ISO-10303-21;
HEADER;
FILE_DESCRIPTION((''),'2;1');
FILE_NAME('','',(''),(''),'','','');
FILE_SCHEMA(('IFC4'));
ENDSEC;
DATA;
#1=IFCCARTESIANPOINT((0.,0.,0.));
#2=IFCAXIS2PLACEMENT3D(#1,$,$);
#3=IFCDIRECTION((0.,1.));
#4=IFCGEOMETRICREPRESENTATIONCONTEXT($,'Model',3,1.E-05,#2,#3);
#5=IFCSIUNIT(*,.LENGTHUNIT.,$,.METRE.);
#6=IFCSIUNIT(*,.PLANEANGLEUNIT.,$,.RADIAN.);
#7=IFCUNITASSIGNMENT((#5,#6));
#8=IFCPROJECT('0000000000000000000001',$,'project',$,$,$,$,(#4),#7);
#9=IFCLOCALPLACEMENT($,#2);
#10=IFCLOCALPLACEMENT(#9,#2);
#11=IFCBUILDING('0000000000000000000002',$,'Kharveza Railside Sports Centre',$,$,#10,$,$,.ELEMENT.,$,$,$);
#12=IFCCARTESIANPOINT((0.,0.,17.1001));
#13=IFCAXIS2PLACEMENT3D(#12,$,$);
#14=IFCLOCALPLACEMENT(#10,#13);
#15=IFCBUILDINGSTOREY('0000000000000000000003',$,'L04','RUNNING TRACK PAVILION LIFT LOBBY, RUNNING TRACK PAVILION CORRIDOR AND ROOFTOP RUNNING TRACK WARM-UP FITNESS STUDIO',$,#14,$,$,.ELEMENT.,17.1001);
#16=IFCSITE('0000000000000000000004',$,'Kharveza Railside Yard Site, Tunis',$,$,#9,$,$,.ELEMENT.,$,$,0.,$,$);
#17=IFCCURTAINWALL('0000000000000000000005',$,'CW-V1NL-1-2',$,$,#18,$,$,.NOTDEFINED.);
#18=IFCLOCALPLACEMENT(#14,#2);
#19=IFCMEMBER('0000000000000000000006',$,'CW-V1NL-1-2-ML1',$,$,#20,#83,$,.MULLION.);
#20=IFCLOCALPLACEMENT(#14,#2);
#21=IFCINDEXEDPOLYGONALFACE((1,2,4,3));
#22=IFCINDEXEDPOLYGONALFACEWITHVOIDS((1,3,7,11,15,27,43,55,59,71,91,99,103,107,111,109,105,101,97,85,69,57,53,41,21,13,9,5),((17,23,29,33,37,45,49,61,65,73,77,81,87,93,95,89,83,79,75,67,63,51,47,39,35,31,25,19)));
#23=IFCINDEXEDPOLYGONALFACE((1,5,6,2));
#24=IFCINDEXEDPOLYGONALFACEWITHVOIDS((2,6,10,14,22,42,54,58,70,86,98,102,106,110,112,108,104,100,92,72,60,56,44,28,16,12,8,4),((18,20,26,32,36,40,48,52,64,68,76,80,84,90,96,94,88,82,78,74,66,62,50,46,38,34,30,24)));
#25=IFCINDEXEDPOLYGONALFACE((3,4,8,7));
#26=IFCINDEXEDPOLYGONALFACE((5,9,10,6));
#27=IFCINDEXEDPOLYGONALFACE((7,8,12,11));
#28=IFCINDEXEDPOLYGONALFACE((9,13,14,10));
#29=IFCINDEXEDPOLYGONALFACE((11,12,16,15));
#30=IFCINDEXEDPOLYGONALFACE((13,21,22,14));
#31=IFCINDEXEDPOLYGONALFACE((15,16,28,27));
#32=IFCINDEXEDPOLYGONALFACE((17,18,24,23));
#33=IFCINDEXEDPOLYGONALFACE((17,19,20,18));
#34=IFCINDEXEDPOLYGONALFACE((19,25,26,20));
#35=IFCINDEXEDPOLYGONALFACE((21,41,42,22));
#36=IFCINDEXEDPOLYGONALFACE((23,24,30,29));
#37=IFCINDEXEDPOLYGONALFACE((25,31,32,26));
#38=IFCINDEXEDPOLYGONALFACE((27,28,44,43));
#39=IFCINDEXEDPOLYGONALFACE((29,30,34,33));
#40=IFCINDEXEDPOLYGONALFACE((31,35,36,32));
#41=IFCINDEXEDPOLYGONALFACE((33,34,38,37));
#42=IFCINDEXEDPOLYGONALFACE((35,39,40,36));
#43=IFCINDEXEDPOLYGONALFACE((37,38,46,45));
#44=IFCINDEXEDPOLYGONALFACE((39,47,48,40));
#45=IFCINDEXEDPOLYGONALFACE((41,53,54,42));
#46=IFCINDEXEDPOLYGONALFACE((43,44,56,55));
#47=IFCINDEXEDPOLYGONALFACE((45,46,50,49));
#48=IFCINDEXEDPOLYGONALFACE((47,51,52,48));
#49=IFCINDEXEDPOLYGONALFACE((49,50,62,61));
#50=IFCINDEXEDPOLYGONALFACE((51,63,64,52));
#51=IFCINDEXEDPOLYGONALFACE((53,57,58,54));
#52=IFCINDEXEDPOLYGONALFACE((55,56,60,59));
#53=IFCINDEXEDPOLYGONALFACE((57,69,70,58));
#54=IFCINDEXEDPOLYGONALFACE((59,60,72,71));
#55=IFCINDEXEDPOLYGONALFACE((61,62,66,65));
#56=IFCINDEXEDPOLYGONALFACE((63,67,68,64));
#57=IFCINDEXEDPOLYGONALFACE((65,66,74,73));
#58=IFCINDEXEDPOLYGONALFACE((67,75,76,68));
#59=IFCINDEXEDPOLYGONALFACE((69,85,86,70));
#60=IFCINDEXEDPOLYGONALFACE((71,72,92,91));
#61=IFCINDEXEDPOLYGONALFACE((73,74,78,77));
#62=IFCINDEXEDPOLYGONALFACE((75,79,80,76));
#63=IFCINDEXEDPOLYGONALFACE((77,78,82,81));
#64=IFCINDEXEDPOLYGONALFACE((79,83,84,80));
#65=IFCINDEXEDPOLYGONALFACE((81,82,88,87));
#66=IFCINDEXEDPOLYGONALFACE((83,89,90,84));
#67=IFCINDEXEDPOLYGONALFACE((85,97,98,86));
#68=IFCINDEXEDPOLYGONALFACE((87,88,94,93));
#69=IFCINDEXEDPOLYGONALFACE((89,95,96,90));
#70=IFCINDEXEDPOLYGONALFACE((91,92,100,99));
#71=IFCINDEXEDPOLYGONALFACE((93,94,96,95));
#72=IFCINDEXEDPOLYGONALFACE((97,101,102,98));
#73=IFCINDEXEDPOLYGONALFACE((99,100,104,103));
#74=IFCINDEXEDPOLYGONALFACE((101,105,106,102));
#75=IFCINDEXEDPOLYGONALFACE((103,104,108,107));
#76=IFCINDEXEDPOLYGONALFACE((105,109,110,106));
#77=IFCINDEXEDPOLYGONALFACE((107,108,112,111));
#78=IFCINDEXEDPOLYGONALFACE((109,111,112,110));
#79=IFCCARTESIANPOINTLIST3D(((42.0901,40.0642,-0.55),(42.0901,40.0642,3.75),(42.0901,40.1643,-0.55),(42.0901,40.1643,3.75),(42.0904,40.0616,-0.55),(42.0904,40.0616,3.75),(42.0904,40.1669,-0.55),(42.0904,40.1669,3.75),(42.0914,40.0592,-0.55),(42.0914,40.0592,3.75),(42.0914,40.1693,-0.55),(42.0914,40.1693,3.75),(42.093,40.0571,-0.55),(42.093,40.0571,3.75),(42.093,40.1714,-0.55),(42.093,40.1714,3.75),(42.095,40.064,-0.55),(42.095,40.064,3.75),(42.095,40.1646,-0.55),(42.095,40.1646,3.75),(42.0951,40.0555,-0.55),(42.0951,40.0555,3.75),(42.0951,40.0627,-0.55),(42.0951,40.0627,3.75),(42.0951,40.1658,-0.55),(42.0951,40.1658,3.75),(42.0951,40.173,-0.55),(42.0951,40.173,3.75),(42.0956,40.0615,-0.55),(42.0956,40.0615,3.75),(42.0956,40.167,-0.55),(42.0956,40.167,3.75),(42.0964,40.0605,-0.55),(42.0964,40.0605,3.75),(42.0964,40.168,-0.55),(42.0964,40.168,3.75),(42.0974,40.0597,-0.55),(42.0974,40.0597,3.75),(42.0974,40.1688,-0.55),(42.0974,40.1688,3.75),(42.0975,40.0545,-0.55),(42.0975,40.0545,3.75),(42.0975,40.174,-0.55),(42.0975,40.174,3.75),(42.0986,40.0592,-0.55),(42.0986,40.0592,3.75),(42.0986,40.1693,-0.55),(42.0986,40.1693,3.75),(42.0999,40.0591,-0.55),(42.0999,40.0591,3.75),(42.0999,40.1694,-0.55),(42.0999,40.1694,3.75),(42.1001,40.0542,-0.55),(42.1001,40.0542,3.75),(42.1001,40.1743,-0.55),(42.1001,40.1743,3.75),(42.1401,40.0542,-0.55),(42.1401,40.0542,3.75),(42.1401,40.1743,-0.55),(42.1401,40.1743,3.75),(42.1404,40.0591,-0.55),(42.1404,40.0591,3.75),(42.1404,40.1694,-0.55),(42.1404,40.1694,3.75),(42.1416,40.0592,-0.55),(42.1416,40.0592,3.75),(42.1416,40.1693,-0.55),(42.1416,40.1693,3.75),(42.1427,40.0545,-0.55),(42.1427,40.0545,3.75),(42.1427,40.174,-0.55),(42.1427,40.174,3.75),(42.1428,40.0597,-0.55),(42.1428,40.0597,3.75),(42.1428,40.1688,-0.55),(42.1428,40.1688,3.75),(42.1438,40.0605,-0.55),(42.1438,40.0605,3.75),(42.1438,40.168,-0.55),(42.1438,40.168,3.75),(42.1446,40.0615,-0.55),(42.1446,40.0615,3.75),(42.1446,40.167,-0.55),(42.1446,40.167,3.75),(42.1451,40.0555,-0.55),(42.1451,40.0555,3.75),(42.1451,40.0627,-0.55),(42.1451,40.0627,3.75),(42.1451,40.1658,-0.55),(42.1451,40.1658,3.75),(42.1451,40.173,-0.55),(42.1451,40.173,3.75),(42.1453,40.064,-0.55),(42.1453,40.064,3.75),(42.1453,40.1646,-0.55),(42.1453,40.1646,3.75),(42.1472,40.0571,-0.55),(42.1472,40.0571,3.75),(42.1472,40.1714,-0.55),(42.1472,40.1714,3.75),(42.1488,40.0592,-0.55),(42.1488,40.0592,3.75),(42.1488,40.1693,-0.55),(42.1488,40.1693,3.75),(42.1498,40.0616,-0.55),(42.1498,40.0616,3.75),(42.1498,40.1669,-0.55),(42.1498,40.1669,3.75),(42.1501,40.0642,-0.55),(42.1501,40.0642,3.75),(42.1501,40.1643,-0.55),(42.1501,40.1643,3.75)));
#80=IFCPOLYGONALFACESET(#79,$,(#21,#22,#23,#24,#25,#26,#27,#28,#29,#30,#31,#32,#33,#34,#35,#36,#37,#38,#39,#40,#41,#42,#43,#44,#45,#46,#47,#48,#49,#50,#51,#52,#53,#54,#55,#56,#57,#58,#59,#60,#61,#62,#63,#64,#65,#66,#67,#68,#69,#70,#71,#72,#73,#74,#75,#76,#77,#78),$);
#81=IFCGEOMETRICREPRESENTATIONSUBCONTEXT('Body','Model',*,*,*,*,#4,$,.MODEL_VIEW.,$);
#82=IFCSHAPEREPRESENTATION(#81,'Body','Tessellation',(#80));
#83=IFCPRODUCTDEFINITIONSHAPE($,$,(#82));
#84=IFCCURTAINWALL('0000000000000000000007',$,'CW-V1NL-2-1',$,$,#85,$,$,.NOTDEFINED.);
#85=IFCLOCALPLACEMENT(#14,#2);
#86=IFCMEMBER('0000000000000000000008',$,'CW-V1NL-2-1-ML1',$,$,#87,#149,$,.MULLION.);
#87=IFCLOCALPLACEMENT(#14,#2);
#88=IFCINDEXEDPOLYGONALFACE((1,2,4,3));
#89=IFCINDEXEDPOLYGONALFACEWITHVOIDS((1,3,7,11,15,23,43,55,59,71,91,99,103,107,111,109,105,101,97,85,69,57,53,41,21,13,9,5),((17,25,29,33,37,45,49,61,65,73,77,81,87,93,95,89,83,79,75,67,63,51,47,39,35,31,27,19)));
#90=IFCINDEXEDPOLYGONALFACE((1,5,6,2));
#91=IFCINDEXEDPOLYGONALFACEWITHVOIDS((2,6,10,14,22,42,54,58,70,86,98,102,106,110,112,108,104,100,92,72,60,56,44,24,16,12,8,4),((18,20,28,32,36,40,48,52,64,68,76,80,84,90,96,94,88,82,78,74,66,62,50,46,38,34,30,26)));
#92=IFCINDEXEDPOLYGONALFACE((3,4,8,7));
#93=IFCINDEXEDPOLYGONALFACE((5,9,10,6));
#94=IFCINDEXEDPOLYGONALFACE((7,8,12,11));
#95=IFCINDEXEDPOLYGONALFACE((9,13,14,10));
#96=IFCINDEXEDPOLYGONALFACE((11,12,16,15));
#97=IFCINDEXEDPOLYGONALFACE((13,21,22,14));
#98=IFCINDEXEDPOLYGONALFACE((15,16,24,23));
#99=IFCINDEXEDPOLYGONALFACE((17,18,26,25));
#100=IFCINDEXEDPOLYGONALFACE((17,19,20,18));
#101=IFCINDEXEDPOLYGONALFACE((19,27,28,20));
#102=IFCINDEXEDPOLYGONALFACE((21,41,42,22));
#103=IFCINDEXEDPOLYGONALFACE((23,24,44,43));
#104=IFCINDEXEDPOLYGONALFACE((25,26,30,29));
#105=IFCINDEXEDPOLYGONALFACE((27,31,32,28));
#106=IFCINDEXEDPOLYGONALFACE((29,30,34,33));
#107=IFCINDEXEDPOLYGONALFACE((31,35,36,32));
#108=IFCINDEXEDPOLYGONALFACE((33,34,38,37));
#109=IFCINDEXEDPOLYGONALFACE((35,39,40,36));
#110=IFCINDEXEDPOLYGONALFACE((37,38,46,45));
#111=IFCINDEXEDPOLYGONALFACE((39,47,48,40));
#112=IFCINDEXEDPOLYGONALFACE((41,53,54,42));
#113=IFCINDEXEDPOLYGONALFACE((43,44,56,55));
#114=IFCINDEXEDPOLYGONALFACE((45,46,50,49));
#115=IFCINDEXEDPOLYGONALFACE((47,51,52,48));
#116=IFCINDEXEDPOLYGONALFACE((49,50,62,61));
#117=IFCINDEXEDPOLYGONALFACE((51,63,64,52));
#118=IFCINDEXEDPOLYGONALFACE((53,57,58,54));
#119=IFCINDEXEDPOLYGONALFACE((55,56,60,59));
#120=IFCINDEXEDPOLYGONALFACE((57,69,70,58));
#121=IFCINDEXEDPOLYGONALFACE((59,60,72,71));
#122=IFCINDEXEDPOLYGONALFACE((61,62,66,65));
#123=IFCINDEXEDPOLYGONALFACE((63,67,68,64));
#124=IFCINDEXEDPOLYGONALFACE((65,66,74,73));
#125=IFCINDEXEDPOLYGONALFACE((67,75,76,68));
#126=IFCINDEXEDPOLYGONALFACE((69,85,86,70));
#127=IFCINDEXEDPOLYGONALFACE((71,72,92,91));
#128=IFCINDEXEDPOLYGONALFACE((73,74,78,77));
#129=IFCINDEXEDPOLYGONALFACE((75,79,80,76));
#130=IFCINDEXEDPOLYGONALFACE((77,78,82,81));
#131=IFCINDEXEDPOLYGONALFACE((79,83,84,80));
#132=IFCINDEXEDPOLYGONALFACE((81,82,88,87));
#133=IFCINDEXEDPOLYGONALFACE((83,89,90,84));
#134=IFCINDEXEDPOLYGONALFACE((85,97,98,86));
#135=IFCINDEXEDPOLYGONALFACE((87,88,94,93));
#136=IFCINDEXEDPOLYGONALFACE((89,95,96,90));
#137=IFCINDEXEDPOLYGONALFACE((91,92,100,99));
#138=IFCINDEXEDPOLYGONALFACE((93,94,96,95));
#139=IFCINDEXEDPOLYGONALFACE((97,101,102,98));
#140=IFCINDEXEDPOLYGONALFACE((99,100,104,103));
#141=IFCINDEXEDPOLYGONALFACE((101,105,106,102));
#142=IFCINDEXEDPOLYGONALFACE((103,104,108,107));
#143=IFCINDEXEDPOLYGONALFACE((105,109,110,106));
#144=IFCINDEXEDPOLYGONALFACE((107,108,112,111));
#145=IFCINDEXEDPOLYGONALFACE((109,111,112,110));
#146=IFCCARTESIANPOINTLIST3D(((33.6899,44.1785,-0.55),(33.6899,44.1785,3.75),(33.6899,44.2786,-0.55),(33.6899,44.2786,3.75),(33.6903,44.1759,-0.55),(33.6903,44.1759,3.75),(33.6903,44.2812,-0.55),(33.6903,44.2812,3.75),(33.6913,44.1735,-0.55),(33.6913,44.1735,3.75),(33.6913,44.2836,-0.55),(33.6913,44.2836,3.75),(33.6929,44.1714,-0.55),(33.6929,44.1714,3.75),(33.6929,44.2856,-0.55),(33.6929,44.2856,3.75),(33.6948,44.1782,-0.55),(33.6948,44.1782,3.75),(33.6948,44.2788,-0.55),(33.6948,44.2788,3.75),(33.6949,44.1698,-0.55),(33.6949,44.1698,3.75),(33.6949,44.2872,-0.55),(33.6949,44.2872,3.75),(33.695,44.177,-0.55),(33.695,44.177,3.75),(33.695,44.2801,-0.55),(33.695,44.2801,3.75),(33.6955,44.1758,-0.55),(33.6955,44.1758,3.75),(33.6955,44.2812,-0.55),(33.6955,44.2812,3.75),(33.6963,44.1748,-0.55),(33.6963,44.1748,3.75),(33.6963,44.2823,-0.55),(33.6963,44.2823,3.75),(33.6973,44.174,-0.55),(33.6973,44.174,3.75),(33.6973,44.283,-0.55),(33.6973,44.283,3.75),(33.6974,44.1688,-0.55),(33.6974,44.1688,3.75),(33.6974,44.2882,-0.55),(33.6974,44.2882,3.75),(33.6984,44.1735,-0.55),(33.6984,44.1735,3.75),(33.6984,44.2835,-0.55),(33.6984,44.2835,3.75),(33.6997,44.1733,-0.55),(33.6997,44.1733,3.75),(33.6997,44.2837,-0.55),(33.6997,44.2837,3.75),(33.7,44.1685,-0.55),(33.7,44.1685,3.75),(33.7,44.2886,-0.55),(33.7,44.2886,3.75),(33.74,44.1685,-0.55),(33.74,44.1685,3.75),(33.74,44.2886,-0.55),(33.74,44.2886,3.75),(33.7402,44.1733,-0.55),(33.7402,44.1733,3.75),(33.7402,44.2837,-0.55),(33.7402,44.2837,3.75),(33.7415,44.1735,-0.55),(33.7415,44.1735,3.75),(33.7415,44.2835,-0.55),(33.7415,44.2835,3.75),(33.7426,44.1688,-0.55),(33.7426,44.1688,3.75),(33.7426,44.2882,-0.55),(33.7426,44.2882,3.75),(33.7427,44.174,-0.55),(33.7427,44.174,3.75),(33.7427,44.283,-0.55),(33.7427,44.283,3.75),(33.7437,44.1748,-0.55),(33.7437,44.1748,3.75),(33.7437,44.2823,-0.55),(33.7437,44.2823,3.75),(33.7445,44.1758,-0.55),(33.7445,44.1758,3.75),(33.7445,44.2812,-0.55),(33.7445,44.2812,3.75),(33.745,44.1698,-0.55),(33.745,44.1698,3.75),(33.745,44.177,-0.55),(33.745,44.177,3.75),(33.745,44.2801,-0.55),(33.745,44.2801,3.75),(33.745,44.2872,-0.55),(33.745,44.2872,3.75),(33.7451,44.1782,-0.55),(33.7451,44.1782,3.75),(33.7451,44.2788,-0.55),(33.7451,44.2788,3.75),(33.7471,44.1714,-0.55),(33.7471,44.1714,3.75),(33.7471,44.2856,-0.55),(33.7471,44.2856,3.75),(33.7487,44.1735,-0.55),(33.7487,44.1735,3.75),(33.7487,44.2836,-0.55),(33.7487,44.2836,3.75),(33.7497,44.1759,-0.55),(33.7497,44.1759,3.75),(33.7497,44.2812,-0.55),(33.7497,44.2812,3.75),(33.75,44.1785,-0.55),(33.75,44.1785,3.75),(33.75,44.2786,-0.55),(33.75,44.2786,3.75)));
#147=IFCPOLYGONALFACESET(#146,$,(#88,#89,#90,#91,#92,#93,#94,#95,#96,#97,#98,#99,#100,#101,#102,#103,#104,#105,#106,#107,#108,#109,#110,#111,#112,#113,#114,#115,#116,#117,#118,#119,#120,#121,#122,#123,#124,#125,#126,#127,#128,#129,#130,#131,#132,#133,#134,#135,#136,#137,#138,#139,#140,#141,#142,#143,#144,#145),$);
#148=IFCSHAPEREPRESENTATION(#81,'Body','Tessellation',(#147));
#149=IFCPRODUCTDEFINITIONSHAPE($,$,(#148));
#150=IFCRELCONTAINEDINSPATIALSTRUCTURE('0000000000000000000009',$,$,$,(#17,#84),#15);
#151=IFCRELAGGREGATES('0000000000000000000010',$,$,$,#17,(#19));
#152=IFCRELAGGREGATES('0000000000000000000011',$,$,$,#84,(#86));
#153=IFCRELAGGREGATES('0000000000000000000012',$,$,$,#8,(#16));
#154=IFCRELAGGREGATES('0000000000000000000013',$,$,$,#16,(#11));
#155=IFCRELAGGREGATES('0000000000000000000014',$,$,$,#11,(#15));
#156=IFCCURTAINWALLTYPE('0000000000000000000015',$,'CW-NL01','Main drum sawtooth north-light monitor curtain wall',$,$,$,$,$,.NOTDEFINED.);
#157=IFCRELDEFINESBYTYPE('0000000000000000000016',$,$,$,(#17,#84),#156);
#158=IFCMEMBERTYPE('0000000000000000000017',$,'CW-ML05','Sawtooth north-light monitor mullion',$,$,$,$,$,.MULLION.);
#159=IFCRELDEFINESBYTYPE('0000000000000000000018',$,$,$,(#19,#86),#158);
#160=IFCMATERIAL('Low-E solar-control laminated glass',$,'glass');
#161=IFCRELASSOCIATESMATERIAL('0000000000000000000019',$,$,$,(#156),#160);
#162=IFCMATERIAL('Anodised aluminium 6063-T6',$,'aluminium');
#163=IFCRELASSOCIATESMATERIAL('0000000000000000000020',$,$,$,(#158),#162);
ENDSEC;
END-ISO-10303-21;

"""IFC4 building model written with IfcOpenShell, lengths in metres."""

from ifc_helpers import new_model, si_unit, direction, frame, origin, origin_2d, place, context, subcontext, project, spatial, hollow_rectangle, extrude, material, material_profile, profile_set, type_object, element, aggregate, save


model = new_model("IFC4")

# Units and contexts
model_context = context("Model", 3, precision=1e-05, world=origin(), true_north=direction((0.0, 1.0)))
body_context = subcontext(model_context, "Body", "Model", "MODEL_VIEW")
ifc_project = project(units=[si_unit("LENGTHUNIT", "METRE"), si_unit("PLANEANGLEUNIT", "RADIAN")], contexts=[model_context])

# Site, building, storey
site_placement = place(None, origin())
site = spatial("IfcSite", under=ifc_project, at=site_placement, Name="Kharveza Railside Yard Site, Tunis", CompositionType="ELEMENT", RefElevation=0.0)
building_placement = place(site_placement, origin())
building = spatial("IfcBuilding", under=site, at=building_placement, Name="Kharveza Railside Sports Centre", CompositionType="ELEMENT")
storey_placement = place(building_placement, frame((0.0, 0.0, 17.1001)))
storey = spatial("IfcBuildingStorey", under=building, at=storey_placement, Name="L04", Description="RUNNING TRACK PAVILION LIFT LOBBY, RUNNING TRACK PAVILION CORRIDOR AND ROOFTOP RUNNING TRACK WARM-UP FITNESS STUDIO", CompositionType="ELEMENT", Elevation=17.1001)

# Shared definitions
ifc_material_1 = material(Name="Low-E solar-control laminated glass", Category="glass")
curtain_wall_type = type_object("IfcCurtainWallType", Name="CW-NL01", Description="Main drum sawtooth north-light monitor curtain wall", PredefinedType="NOTDEFINED", material=ifc_material_1)
ifc_material_2 = material(Name="Anodised aluminium 6063-T6", Category="aluminium")
ifc_material_profile_1 = material_profile(ifc_material_2, hollow_rectangle(XDim=0.0601, YDim=0.1201, WallThickness=0.0049, InnerFilletRadius=0.0049, OuterFilletRadius=0.01, at=origin_2d()), Name="RHS 60x120x5.0")
ifc_profile_set_1 = profile_set([ifc_material_profile_1], Name="Anodised aluminium 6063-T6")
member_type_1 = type_object("IfcMemberType", Name="CW-ML05", Description="Sawtooth north-light monitor mullion", PredefinedType="MULLION", material=ifc_profile_set_1)

# Curtain wall, member
curtain_wall_1_placement = place(storey_placement, origin())
curtain_wall_1 = element("IfcCurtainWall", 1, at=curtain_wall_1_placement, inside=storey, type_object=curtain_wall_type, Name="CW-V1NL-1-2", PredefinedType="NOTDEFINED")
member_1_placement = place(storey_placement, frame((42.1201, 40.1143, -0.55), z_axis=(0.0, 0.0, 1.0), x_axis=(1.0, 0.0, 0.0)))
member_1 = element("IfcMember", 2, at=member_1_placement, type_object=member_type_1, Name="CW-V1NL-1-2-ML1", PredefinedType="MULLION", context=body_context, shape_type="SweptSolid", body=[
    extrude(hollow_rectangle(XDim=0.0601, YDim=0.1201, WallThickness=0.0049, InnerFilletRadius=0.0049, OuterFilletRadius=0.01, at=origin_2d()), origin(), (0.0, 0.0, 1.0), 4.3),
])

# Curtain wall, member
curtain_wall_2_placement = place(storey_placement, origin())
curtain_wall_2 = element("IfcCurtainWall", 3, at=curtain_wall_2_placement, inside=storey, type_object=curtain_wall_type, Name="CW-V1NL-2-1", PredefinedType="NOTDEFINED")
member_2_placement = place(storey_placement, frame((33.72, 44.2285, -0.55), z_axis=(0.0, 0.0, 1.0), x_axis=(1.0, 0.0, 0.0)))
member_2 = element("IfcMember", 4, at=member_2_placement, type_object=member_type_1, Name="CW-V1NL-2-1-ML1", PredefinedType="MULLION", context=body_context, shape_type="SweptSolid", body=[
    extrude(hollow_rectangle(XDim=0.0601, YDim=0.1201, WallThickness=0.0049, InnerFilletRadius=0.0049, OuterFilletRadius=0.01, at=origin_2d()), origin(), (0.0, 0.0, 1.0), 4.3),
])

aggregate(curtain_wall_1, [member_1])

aggregate(curtain_wall_2, [member_2])

save(model, "model.ifc")
